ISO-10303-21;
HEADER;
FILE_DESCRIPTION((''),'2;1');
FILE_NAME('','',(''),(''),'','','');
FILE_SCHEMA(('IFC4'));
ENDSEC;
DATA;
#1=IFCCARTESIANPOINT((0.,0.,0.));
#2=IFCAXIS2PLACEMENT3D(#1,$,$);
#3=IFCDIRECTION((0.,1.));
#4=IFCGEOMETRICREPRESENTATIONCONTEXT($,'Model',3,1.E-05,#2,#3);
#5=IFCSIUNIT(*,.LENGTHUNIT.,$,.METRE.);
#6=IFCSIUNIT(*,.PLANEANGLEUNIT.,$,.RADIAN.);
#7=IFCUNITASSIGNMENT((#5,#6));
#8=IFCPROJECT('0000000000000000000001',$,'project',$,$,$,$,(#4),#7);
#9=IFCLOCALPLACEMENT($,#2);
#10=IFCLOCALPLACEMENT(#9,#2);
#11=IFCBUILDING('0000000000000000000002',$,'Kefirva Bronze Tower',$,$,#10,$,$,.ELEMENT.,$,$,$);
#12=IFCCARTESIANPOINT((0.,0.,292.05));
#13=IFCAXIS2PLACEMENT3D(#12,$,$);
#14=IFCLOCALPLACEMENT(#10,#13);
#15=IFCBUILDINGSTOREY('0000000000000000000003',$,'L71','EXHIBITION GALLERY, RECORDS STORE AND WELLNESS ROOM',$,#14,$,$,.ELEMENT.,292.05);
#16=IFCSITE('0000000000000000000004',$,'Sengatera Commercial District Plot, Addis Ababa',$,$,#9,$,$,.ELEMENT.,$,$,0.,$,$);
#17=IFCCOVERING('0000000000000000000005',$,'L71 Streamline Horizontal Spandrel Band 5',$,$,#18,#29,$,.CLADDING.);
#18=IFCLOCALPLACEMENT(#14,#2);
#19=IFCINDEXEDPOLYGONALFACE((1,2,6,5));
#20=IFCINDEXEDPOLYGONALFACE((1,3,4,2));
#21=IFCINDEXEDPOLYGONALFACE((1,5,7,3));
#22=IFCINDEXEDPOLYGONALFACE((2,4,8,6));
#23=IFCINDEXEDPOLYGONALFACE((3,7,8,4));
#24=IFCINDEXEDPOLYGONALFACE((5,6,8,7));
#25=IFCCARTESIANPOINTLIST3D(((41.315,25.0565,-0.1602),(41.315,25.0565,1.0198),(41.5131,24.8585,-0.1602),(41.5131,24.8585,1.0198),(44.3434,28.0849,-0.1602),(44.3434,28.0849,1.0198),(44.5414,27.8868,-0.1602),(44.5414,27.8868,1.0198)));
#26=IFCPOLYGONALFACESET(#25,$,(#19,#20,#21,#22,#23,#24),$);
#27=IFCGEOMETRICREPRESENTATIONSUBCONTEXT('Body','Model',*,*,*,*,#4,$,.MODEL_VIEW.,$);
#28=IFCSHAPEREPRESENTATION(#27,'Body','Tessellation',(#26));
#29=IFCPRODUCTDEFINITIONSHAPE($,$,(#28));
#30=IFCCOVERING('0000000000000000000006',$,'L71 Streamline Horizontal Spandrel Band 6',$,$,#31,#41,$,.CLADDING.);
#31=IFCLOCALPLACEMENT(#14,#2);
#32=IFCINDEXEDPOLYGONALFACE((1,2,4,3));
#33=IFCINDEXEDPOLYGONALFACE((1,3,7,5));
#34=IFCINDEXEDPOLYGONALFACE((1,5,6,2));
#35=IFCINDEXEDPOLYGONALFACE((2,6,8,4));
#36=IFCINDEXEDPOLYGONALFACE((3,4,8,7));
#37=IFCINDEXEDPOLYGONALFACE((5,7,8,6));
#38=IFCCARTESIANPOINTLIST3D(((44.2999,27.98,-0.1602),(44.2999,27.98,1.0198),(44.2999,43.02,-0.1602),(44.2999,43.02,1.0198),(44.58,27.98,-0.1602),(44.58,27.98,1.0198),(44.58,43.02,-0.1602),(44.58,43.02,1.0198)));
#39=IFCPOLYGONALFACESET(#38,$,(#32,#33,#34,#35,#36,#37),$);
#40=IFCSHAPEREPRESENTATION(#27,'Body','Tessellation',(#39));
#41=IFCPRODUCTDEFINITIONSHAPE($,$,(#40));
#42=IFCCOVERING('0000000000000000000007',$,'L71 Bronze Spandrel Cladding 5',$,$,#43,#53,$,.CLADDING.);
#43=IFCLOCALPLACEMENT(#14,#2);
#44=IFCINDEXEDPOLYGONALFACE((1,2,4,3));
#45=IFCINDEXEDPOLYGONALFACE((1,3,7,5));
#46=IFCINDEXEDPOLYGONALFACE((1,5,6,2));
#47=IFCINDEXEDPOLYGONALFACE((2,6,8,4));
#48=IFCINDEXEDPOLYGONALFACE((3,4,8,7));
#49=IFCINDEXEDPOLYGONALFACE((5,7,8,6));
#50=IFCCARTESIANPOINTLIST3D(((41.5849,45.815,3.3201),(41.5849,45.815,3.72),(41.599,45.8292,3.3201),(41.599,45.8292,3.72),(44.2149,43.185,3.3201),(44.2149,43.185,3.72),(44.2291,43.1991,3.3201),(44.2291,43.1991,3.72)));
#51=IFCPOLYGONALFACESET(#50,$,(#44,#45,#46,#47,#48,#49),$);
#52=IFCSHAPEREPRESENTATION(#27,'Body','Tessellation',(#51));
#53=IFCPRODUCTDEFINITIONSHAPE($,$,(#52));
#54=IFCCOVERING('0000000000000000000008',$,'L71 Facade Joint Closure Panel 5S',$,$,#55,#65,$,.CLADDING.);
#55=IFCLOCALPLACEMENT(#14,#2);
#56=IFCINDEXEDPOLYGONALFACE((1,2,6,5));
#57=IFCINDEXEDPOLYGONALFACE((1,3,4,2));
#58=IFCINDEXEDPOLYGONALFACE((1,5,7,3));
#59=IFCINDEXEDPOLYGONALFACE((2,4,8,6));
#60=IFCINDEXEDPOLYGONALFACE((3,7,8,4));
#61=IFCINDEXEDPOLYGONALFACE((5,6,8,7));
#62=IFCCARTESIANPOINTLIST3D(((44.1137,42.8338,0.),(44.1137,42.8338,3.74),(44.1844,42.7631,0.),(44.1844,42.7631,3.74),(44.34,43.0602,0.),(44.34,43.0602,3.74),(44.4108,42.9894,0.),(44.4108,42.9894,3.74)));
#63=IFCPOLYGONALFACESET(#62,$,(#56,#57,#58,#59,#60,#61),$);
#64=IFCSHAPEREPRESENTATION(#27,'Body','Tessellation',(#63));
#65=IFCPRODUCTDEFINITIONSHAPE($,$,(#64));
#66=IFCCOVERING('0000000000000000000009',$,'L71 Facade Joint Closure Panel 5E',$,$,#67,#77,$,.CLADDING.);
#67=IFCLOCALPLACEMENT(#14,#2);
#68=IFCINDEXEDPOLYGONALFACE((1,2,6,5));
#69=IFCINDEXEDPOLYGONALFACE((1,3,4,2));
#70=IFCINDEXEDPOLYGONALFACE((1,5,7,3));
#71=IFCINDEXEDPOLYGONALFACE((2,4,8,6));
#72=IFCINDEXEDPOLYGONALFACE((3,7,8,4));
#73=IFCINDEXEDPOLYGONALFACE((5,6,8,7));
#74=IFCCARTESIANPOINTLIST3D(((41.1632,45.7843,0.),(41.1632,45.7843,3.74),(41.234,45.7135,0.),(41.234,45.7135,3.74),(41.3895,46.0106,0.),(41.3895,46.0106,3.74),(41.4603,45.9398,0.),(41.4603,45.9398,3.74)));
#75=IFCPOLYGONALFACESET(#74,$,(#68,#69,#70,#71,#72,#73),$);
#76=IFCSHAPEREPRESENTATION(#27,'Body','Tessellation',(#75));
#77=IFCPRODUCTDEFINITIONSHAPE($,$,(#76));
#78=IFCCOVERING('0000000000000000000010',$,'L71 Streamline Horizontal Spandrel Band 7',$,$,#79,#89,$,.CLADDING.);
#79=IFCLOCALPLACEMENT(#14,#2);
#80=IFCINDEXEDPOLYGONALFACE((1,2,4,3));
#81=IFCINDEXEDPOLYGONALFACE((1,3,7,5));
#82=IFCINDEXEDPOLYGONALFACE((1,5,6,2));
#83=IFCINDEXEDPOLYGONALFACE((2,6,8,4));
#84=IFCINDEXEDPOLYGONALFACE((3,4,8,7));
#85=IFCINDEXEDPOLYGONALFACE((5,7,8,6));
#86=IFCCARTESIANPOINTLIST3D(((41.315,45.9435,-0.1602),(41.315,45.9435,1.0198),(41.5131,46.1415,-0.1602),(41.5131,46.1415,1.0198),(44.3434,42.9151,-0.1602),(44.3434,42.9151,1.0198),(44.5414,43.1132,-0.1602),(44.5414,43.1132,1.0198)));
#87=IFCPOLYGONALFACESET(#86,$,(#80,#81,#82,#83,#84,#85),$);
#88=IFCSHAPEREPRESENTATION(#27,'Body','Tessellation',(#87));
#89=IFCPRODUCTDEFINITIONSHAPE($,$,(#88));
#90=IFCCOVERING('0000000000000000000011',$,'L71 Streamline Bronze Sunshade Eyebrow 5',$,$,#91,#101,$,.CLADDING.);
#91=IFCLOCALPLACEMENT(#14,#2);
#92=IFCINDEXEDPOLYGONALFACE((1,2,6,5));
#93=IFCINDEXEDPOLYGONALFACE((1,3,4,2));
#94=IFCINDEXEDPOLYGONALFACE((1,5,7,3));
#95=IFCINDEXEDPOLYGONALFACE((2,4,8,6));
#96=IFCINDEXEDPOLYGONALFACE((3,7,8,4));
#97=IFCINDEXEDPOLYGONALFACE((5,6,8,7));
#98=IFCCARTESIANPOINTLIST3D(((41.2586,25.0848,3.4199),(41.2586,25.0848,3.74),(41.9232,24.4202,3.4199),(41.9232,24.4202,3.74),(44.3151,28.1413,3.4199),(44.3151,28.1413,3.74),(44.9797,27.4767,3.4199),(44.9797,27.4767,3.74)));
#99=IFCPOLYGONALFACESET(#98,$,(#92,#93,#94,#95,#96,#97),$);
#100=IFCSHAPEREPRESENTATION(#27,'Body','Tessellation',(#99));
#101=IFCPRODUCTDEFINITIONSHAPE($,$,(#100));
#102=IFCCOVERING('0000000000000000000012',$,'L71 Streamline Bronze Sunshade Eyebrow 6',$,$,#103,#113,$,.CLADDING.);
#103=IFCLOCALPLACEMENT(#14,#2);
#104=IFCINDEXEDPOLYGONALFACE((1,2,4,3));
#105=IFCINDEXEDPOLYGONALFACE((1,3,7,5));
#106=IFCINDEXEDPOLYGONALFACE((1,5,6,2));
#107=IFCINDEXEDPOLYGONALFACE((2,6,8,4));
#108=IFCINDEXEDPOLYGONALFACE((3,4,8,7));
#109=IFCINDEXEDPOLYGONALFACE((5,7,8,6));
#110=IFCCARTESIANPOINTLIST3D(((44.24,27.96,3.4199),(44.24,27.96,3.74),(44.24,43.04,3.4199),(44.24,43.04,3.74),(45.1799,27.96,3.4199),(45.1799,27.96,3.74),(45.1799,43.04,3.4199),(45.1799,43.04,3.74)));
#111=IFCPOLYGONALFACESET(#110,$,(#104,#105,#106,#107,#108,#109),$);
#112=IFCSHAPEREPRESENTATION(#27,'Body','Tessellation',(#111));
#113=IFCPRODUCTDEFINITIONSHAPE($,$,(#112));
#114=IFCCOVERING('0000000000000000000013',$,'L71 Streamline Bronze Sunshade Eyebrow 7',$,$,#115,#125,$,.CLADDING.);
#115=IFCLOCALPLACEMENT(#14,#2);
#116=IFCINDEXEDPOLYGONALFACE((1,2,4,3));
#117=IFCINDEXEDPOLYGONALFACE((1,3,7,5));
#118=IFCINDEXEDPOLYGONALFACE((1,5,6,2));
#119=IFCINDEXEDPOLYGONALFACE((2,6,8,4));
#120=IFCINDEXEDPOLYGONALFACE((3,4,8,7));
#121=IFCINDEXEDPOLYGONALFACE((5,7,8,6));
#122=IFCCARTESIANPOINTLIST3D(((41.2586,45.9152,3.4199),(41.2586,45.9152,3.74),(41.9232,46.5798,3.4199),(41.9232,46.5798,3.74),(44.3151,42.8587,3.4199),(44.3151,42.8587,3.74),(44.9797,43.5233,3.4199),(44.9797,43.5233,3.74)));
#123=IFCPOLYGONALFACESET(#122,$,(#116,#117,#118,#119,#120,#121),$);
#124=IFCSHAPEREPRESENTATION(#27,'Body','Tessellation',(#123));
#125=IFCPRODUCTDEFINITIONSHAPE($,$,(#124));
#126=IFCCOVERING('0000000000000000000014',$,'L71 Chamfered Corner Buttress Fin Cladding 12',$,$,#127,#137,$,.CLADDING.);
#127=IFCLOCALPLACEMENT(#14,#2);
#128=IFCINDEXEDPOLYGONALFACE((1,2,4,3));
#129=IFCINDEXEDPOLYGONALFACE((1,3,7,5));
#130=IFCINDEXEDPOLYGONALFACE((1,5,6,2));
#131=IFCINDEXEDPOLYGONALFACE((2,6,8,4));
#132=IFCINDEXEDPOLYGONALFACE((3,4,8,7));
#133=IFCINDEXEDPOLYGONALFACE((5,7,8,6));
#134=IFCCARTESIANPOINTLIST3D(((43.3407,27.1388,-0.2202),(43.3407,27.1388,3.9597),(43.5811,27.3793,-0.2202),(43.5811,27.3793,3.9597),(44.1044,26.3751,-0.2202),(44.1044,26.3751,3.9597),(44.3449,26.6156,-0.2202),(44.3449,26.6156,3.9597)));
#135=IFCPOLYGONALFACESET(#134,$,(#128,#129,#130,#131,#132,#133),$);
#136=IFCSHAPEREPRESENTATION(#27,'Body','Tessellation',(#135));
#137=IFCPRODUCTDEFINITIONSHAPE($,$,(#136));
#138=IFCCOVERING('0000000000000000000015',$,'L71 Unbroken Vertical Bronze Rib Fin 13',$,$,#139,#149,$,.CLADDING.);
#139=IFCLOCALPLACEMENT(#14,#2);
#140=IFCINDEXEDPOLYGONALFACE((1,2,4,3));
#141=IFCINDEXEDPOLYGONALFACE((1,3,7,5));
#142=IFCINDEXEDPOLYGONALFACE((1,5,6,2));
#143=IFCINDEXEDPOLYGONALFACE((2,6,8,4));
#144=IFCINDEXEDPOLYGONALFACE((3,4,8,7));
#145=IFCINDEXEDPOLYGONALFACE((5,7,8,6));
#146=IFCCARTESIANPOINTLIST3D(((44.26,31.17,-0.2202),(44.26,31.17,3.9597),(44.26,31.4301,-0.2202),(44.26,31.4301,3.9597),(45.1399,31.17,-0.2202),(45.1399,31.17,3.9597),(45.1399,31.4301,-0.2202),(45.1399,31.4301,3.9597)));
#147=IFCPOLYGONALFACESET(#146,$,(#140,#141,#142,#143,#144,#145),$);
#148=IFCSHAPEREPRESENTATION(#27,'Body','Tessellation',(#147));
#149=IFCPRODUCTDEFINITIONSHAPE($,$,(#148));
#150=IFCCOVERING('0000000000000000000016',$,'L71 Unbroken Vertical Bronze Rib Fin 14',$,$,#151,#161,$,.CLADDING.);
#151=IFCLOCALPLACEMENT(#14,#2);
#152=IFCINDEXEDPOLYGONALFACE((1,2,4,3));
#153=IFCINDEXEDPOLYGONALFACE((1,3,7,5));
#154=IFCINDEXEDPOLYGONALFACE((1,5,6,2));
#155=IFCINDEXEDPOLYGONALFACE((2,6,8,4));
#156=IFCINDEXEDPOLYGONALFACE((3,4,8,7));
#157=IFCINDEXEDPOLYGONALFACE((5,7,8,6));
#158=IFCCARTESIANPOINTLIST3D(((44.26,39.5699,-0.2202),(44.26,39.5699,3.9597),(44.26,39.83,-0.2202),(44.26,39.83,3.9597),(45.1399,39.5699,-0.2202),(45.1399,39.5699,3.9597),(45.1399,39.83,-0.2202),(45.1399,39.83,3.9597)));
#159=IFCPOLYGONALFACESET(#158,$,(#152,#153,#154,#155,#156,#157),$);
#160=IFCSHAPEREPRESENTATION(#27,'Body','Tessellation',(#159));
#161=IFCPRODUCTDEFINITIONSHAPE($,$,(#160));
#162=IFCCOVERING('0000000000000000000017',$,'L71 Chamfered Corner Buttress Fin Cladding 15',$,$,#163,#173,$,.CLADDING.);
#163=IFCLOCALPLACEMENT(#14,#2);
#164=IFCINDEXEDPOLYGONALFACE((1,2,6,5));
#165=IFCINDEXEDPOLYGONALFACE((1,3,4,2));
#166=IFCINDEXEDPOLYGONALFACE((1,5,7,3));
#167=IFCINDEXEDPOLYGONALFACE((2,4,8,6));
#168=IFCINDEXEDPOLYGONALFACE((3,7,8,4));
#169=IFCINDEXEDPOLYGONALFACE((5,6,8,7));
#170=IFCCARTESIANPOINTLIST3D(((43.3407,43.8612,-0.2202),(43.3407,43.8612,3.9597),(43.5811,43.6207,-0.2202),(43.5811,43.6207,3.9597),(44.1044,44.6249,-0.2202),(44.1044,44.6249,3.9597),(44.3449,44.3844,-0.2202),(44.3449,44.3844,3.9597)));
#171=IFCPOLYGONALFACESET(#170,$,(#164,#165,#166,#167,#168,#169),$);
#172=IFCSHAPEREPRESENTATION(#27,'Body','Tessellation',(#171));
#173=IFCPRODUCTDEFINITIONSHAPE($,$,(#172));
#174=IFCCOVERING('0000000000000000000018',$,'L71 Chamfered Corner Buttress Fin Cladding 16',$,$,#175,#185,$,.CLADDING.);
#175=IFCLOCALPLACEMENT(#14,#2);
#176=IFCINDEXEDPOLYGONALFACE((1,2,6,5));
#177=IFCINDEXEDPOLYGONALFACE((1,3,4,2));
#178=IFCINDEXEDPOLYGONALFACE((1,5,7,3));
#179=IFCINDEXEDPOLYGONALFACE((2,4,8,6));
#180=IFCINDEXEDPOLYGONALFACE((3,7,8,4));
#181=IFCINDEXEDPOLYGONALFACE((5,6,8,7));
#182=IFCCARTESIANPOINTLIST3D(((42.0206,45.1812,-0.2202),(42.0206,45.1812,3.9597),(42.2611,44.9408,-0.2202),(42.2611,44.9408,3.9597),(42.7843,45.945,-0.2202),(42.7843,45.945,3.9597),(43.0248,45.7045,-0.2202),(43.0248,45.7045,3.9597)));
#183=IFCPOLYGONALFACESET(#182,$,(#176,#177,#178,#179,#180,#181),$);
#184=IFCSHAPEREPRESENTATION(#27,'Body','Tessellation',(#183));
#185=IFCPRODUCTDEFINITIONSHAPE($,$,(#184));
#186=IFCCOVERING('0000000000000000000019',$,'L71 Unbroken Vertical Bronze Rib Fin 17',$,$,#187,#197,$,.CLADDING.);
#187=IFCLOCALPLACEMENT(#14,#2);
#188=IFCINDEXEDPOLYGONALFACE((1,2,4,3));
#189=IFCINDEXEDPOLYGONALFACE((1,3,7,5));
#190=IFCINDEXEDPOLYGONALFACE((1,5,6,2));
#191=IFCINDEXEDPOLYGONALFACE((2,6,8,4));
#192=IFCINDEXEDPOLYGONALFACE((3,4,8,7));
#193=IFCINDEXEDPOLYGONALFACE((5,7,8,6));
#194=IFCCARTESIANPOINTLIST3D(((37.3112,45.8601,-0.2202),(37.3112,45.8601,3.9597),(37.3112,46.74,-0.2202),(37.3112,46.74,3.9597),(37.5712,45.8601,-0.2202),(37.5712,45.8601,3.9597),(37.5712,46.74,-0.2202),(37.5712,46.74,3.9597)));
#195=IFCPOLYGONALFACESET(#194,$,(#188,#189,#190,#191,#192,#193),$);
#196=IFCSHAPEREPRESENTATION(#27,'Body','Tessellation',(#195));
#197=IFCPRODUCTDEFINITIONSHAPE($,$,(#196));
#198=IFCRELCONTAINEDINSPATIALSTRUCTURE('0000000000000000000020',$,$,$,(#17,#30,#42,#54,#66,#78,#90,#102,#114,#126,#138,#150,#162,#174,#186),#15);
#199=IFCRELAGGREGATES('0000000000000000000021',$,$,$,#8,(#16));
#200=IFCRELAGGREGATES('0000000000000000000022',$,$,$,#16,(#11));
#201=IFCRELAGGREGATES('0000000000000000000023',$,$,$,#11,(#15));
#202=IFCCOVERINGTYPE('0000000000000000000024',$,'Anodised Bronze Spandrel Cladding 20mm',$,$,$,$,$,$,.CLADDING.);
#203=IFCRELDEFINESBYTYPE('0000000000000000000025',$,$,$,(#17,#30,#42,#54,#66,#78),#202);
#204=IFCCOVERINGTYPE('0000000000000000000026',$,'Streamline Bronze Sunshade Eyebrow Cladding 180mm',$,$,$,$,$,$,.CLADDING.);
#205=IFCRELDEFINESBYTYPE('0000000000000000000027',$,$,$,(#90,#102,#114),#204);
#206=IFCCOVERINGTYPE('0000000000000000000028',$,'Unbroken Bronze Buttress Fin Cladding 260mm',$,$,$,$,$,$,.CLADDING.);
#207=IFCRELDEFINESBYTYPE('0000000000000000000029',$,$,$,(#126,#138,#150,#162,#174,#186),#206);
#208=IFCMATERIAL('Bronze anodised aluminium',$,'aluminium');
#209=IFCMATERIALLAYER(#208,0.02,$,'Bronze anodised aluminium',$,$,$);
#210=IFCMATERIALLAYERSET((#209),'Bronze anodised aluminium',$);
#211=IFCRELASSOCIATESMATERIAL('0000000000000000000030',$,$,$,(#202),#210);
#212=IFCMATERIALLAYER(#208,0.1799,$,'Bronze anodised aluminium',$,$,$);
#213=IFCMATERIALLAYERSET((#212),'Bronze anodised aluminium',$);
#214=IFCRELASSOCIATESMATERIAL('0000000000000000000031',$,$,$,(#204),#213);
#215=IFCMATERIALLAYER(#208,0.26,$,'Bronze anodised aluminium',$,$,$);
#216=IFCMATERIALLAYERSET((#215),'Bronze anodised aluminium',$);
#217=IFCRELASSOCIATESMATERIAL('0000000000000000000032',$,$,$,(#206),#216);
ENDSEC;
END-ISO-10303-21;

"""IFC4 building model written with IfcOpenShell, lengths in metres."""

from ifc_helpers import new_model, si_unit, direction, frame, origin, origin_2d, place, context, subcontext, project, spatial, rectangle, extrude, material, layer, layer_set, type_object, element, save


model = new_model("IFC4")

# Units and contexts
model_context = context("Model", 3, precision=1e-05, world=origin(), true_north=direction((0.0, 1.0)))
body_context = subcontext(model_context, "Body", "Model", "MODEL_VIEW")
ifc_project = project(units=[si_unit("LENGTHUNIT", "METRE"), si_unit("PLANEANGLEUNIT", "RADIAN")], contexts=[model_context])

# Site, building, storey
site_placement = place(None, origin())
site = spatial("IfcSite", under=ifc_project, at=site_placement, Name="Sengatera Commercial District Plot, Addis Ababa", CompositionType="ELEMENT", RefElevation=0.0)
building_placement = place(site_placement, origin())
building = spatial("IfcBuilding", under=site, at=building_placement, Name="Kefirva Bronze Tower", CompositionType="ELEMENT")
storey_placement = place(building_placement, frame((0.0, 0.0, 292.05)))
storey = spatial("IfcBuildingStorey", under=building, at=storey_placement, Name="L71", Description="EXHIBITION GALLERY, RECORDS STORE AND WELLNESS ROOM", CompositionType="ELEMENT", Elevation=292.05)

# Shared definitions
ifc_material_1 = material(Name="Bronze anodised aluminium", Category="aluminium")

# Coverings
ifc_layer_1 = layer(ifc_material_1, 0.02, Name="Bronze anodised aluminium")
ifc_layer_set_1 = layer_set([ifc_layer_1], Name="Bronze anodised aluminium")
covering_type_1 = type_object("IfcCoveringType", Name="Anodised Bronze Spandrel Cladding 20mm", PredefinedType="CLADDING", material=ifc_layer_set_1)
covering_1_placement = place(storey_placement, frame((42.9282, 26.4717, -0.1602), z_axis=(0.0, 0.0, 1.0), x_axis=(0.707107, 0.707107, 0.0)))
element("IfcCovering", 1, at=covering_1_placement, inside=storey, type_object=covering_type_1, Name="L71 Streamline Horizontal Spandrel Band 5", PredefinedType="CLADDING", context=body_context, shape_type="SweptSolid", body=[
    extrude(rectangle(XDim=4.2827, YDim=0.28, at=origin_2d()), origin(), (0.0, 0.0, 1.0), 1.1799),
])
covering_2_placement = place(storey_placement, frame((44.4399, 35.5, -0.1602), z_axis=(0.0, 0.0, 1.0), x_axis=(0.0, 1.0, 0.0)))
element("IfcCovering", 2, at=covering_2_placement, inside=storey, type_object=covering_type_1, Name="L71 Streamline Horizontal Spandrel Band 6", PredefinedType="CLADDING", context=body_context, shape_type="SweptSolid", body=[
    extrude(rectangle(XDim=15.04, YDim=0.28, at=origin_2d()), origin(), (0.0, 0.0, 1.0), 1.1799),
])
covering_3_placement = place(storey_placement, frame((42.907, 44.5071, 3.3201), z_axis=(0.0, 0.0, 1.0), x_axis=(-0.707107, 0.707107, 0.0)))
element("IfcCovering", 3, at=covering_3_placement, inside=storey, type_object=covering_type_1, Name="L71 Bronze Spandrel Cladding 5", PredefinedType="CLADDING", context=body_context, shape_type="SweptSolid", body=[
    extrude(rectangle(XDim=3.7195, YDim=0.02, at=origin_2d()), origin(), (0.0, 0.0, 1.0), 0.3999),
])
for number, where, z_axis, x_axis, name in (
    (4, (44.2622, 42.9116, 0.0), (0.0, 0.0, 1.0), (-0.707107, 0.707107, 0.0), "L71 Facade Joint Closure Panel 5S"),
    (5, (41.3118, 45.8621, 0.0), (0.0, 0.0, 1.0), (-0.707107, 0.707107, 0.0), "L71 Facade Joint Closure Panel 5E"),
):
    element("IfcCovering", number, at=place(storey_placement, frame(where, z_axis=z_axis, x_axis=x_axis)), inside=storey, type_object=covering_type_1, Name=name, PredefinedType="CLADDING", context=body_context, shape_type="SweptSolid", body=[
        extrude(rectangle(XDim=0.1001, YDim=0.3201, at=origin_2d()), origin(), (0.0, 0.0, 1.0), 3.74),
    ])
covering_4_placement = place(storey_placement, frame((42.9282, 44.5283, -0.1602), z_axis=(0.0, 0.0, 1.0), x_axis=(-0.707107, 0.707107, 0.0)))
element("IfcCovering", 6, at=covering_4_placement, inside=storey, type_object=covering_type_1, Name="L71 Streamline Horizontal Spandrel Band 7", PredefinedType="CLADDING", context=body_context, shape_type="SweptSolid", body=[
    extrude(rectangle(XDim=4.2827, YDim=0.28, at=origin_2d()), origin(), (0.0, 0.0, 1.0), 1.1799),
])
ifc_layer_2 = layer(ifc_material_1, 0.1799, Name="Bronze anodised aluminium")
ifc_layer_set_2 = layer_set([ifc_layer_2], Name="Bronze anodised aluminium")
covering_type_2 = type_object("IfcCoveringType", Name="Streamline Bronze Sunshade Eyebrow Cladding 180mm", PredefinedType="CLADDING", material=ifc_layer_set_2)
covering_5_placement = place(storey_placement, frame((43.1191, 26.2808, 3.4199), z_axis=(0.0, 0.0, 1.0), x_axis=(0.707107, 0.707107, 0.0)))
element("IfcCovering", 7, at=covering_5_placement, inside=storey, type_object=covering_type_2, Name="L71 Streamline Bronze Sunshade Eyebrow 5", PredefinedType="CLADDING", context=body_context, shape_type="SweptSolid", body=[
    extrude(rectangle(XDim=4.3225, YDim=0.9399, at=origin_2d()), origin(), (0.0, 0.0, 1.0), 0.3201),
])
covering_6_placement = place(storey_placement, frame((44.71, 35.5, 3.4199), z_axis=(0.0, 0.0, 1.0), x_axis=(0.0, 1.0, 0.0)))
element("IfcCovering", 8, at=covering_6_placement, inside=storey, type_object=covering_type_2, Name="L71 Streamline Bronze Sunshade Eyebrow 6", PredefinedType="CLADDING", context=body_context, shape_type="SweptSolid", body=[
    extrude(rectangle(XDim=15.0801, YDim=0.9399, at=origin_2d()), origin(), (0.0, 0.0, 1.0), 0.3201),
])
covering_7_placement = place(storey_placement, frame((43.1191, 44.7192, 3.4199), z_axis=(0.0, 0.0, 1.0), x_axis=(-0.707107, 0.707107, 0.0)))
element("IfcCovering", 9, at=covering_7_placement, inside=storey, type_object=covering_type_2, Name="L71 Streamline Bronze Sunshade Eyebrow 7", PredefinedType="CLADDING", context=body_context, shape_type="SweptSolid", body=[
    extrude(rectangle(XDim=4.3225, YDim=0.9399, at=origin_2d()), origin(), (0.0, 0.0, 1.0), 0.3201),
])
ifc_layer_3 = layer(ifc_material_1, 0.26, Name="Bronze anodised aluminium")
ifc_layer_set_3 = layer_set([ifc_layer_3], Name="Bronze anodised aluminium")
covering_type_3 = type_object("IfcCoveringType", Name="Unbroken Bronze Buttress Fin Cladding 260mm", PredefinedType="CLADDING", material=ifc_layer_set_3)
covering_8_placement = place(storey_placement, frame((43.8428, 26.8772, -0.2202), z_axis=(0.0, 0.0, 1.0), x_axis=(0.707107, 0.707107, 0.0)))
element("IfcCovering", 10, at=covering_8_placement, inside=storey, type_object=covering_type_3, Name="L71 Chamfered Corner Buttress Fin Cladding 12", PredefinedType="CLADDING", context=body_context, shape_type="SweptSolid", body=[
    extrude(rectangle(XDim=0.3401, YDim=1.0801, at=origin_2d()), origin(), (0.0, 0.0, 1.0), 4.1799),
])
for number, where, z_axis, x_axis, name in (
    (11, (44.7, 31.3, -0.2202), (0.0, 0.0, 1.0), (0.0, 1.0, 0.0), "L71 Unbroken Vertical Bronze Rib Fin 13"),
    (12, (44.7, 39.7, -0.2202), (0.0, 0.0, 1.0), (0.0, 1.0, 0.0), "L71 Unbroken Vertical Bronze Rib Fin 14"),
):
    element("IfcCovering", number, at=place(storey_placement, frame(where, z_axis=z_axis, x_axis=x_axis)), inside=storey, type_object=covering_type_3, Name=name, PredefinedType="CLADDING", context=body_context, shape_type="SweptSolid", body=[
        extrude(rectangle(XDim=0.26, YDim=0.8799, at=origin_2d()), origin(), (0.0, 0.0, 1.0), 4.1799),
    ])
for number, where, z_axis, x_axis, name in (
    (13, (43.8428, 44.1228, -0.2202), (0.0, 0.0, 1.0), (-0.707107, 0.707107, 0.0), "L71 Chamfered Corner Buttress Fin Cladding 15"),
    (14, (42.5227, 45.4429, -0.2202), (0.0, 0.0, 1.0), (-0.707107, 0.707107, 0.0), "L71 Chamfered Corner Buttress Fin Cladding 16"),
):
    element("IfcCovering", number, at=place(storey_placement, frame(where, z_axis=z_axis, x_axis=x_axis)), inside=storey, type_object=covering_type_3, Name=name, PredefinedType="CLADDING", context=body_context, shape_type="SweptSolid", body=[
        extrude(rectangle(XDim=0.3401, YDim=1.0801, at=origin_2d()), origin(), (0.0, 0.0, 1.0), 4.1799),
    ])
covering_9_placement = place(storey_placement, frame((37.4412, 46.3, -0.2202), z_axis=(0.0, 0.0, 1.0), x_axis=(-1.0, 0.0, 0.0)))
element("IfcCovering", 15, at=covering_9_placement, inside=storey, type_object=covering_type_3, Name="L71 Unbroken Vertical Bronze Rib Fin 17", PredefinedType="CLADDING", context=body_context, shape_type="SweptSolid", body=[
    extrude(rectangle(XDim=0.26, YDim=0.8799, at=origin_2d()), origin(), (0.0, 0.0, 1.0), 4.1799),
])

save(model, "model.ifc")
